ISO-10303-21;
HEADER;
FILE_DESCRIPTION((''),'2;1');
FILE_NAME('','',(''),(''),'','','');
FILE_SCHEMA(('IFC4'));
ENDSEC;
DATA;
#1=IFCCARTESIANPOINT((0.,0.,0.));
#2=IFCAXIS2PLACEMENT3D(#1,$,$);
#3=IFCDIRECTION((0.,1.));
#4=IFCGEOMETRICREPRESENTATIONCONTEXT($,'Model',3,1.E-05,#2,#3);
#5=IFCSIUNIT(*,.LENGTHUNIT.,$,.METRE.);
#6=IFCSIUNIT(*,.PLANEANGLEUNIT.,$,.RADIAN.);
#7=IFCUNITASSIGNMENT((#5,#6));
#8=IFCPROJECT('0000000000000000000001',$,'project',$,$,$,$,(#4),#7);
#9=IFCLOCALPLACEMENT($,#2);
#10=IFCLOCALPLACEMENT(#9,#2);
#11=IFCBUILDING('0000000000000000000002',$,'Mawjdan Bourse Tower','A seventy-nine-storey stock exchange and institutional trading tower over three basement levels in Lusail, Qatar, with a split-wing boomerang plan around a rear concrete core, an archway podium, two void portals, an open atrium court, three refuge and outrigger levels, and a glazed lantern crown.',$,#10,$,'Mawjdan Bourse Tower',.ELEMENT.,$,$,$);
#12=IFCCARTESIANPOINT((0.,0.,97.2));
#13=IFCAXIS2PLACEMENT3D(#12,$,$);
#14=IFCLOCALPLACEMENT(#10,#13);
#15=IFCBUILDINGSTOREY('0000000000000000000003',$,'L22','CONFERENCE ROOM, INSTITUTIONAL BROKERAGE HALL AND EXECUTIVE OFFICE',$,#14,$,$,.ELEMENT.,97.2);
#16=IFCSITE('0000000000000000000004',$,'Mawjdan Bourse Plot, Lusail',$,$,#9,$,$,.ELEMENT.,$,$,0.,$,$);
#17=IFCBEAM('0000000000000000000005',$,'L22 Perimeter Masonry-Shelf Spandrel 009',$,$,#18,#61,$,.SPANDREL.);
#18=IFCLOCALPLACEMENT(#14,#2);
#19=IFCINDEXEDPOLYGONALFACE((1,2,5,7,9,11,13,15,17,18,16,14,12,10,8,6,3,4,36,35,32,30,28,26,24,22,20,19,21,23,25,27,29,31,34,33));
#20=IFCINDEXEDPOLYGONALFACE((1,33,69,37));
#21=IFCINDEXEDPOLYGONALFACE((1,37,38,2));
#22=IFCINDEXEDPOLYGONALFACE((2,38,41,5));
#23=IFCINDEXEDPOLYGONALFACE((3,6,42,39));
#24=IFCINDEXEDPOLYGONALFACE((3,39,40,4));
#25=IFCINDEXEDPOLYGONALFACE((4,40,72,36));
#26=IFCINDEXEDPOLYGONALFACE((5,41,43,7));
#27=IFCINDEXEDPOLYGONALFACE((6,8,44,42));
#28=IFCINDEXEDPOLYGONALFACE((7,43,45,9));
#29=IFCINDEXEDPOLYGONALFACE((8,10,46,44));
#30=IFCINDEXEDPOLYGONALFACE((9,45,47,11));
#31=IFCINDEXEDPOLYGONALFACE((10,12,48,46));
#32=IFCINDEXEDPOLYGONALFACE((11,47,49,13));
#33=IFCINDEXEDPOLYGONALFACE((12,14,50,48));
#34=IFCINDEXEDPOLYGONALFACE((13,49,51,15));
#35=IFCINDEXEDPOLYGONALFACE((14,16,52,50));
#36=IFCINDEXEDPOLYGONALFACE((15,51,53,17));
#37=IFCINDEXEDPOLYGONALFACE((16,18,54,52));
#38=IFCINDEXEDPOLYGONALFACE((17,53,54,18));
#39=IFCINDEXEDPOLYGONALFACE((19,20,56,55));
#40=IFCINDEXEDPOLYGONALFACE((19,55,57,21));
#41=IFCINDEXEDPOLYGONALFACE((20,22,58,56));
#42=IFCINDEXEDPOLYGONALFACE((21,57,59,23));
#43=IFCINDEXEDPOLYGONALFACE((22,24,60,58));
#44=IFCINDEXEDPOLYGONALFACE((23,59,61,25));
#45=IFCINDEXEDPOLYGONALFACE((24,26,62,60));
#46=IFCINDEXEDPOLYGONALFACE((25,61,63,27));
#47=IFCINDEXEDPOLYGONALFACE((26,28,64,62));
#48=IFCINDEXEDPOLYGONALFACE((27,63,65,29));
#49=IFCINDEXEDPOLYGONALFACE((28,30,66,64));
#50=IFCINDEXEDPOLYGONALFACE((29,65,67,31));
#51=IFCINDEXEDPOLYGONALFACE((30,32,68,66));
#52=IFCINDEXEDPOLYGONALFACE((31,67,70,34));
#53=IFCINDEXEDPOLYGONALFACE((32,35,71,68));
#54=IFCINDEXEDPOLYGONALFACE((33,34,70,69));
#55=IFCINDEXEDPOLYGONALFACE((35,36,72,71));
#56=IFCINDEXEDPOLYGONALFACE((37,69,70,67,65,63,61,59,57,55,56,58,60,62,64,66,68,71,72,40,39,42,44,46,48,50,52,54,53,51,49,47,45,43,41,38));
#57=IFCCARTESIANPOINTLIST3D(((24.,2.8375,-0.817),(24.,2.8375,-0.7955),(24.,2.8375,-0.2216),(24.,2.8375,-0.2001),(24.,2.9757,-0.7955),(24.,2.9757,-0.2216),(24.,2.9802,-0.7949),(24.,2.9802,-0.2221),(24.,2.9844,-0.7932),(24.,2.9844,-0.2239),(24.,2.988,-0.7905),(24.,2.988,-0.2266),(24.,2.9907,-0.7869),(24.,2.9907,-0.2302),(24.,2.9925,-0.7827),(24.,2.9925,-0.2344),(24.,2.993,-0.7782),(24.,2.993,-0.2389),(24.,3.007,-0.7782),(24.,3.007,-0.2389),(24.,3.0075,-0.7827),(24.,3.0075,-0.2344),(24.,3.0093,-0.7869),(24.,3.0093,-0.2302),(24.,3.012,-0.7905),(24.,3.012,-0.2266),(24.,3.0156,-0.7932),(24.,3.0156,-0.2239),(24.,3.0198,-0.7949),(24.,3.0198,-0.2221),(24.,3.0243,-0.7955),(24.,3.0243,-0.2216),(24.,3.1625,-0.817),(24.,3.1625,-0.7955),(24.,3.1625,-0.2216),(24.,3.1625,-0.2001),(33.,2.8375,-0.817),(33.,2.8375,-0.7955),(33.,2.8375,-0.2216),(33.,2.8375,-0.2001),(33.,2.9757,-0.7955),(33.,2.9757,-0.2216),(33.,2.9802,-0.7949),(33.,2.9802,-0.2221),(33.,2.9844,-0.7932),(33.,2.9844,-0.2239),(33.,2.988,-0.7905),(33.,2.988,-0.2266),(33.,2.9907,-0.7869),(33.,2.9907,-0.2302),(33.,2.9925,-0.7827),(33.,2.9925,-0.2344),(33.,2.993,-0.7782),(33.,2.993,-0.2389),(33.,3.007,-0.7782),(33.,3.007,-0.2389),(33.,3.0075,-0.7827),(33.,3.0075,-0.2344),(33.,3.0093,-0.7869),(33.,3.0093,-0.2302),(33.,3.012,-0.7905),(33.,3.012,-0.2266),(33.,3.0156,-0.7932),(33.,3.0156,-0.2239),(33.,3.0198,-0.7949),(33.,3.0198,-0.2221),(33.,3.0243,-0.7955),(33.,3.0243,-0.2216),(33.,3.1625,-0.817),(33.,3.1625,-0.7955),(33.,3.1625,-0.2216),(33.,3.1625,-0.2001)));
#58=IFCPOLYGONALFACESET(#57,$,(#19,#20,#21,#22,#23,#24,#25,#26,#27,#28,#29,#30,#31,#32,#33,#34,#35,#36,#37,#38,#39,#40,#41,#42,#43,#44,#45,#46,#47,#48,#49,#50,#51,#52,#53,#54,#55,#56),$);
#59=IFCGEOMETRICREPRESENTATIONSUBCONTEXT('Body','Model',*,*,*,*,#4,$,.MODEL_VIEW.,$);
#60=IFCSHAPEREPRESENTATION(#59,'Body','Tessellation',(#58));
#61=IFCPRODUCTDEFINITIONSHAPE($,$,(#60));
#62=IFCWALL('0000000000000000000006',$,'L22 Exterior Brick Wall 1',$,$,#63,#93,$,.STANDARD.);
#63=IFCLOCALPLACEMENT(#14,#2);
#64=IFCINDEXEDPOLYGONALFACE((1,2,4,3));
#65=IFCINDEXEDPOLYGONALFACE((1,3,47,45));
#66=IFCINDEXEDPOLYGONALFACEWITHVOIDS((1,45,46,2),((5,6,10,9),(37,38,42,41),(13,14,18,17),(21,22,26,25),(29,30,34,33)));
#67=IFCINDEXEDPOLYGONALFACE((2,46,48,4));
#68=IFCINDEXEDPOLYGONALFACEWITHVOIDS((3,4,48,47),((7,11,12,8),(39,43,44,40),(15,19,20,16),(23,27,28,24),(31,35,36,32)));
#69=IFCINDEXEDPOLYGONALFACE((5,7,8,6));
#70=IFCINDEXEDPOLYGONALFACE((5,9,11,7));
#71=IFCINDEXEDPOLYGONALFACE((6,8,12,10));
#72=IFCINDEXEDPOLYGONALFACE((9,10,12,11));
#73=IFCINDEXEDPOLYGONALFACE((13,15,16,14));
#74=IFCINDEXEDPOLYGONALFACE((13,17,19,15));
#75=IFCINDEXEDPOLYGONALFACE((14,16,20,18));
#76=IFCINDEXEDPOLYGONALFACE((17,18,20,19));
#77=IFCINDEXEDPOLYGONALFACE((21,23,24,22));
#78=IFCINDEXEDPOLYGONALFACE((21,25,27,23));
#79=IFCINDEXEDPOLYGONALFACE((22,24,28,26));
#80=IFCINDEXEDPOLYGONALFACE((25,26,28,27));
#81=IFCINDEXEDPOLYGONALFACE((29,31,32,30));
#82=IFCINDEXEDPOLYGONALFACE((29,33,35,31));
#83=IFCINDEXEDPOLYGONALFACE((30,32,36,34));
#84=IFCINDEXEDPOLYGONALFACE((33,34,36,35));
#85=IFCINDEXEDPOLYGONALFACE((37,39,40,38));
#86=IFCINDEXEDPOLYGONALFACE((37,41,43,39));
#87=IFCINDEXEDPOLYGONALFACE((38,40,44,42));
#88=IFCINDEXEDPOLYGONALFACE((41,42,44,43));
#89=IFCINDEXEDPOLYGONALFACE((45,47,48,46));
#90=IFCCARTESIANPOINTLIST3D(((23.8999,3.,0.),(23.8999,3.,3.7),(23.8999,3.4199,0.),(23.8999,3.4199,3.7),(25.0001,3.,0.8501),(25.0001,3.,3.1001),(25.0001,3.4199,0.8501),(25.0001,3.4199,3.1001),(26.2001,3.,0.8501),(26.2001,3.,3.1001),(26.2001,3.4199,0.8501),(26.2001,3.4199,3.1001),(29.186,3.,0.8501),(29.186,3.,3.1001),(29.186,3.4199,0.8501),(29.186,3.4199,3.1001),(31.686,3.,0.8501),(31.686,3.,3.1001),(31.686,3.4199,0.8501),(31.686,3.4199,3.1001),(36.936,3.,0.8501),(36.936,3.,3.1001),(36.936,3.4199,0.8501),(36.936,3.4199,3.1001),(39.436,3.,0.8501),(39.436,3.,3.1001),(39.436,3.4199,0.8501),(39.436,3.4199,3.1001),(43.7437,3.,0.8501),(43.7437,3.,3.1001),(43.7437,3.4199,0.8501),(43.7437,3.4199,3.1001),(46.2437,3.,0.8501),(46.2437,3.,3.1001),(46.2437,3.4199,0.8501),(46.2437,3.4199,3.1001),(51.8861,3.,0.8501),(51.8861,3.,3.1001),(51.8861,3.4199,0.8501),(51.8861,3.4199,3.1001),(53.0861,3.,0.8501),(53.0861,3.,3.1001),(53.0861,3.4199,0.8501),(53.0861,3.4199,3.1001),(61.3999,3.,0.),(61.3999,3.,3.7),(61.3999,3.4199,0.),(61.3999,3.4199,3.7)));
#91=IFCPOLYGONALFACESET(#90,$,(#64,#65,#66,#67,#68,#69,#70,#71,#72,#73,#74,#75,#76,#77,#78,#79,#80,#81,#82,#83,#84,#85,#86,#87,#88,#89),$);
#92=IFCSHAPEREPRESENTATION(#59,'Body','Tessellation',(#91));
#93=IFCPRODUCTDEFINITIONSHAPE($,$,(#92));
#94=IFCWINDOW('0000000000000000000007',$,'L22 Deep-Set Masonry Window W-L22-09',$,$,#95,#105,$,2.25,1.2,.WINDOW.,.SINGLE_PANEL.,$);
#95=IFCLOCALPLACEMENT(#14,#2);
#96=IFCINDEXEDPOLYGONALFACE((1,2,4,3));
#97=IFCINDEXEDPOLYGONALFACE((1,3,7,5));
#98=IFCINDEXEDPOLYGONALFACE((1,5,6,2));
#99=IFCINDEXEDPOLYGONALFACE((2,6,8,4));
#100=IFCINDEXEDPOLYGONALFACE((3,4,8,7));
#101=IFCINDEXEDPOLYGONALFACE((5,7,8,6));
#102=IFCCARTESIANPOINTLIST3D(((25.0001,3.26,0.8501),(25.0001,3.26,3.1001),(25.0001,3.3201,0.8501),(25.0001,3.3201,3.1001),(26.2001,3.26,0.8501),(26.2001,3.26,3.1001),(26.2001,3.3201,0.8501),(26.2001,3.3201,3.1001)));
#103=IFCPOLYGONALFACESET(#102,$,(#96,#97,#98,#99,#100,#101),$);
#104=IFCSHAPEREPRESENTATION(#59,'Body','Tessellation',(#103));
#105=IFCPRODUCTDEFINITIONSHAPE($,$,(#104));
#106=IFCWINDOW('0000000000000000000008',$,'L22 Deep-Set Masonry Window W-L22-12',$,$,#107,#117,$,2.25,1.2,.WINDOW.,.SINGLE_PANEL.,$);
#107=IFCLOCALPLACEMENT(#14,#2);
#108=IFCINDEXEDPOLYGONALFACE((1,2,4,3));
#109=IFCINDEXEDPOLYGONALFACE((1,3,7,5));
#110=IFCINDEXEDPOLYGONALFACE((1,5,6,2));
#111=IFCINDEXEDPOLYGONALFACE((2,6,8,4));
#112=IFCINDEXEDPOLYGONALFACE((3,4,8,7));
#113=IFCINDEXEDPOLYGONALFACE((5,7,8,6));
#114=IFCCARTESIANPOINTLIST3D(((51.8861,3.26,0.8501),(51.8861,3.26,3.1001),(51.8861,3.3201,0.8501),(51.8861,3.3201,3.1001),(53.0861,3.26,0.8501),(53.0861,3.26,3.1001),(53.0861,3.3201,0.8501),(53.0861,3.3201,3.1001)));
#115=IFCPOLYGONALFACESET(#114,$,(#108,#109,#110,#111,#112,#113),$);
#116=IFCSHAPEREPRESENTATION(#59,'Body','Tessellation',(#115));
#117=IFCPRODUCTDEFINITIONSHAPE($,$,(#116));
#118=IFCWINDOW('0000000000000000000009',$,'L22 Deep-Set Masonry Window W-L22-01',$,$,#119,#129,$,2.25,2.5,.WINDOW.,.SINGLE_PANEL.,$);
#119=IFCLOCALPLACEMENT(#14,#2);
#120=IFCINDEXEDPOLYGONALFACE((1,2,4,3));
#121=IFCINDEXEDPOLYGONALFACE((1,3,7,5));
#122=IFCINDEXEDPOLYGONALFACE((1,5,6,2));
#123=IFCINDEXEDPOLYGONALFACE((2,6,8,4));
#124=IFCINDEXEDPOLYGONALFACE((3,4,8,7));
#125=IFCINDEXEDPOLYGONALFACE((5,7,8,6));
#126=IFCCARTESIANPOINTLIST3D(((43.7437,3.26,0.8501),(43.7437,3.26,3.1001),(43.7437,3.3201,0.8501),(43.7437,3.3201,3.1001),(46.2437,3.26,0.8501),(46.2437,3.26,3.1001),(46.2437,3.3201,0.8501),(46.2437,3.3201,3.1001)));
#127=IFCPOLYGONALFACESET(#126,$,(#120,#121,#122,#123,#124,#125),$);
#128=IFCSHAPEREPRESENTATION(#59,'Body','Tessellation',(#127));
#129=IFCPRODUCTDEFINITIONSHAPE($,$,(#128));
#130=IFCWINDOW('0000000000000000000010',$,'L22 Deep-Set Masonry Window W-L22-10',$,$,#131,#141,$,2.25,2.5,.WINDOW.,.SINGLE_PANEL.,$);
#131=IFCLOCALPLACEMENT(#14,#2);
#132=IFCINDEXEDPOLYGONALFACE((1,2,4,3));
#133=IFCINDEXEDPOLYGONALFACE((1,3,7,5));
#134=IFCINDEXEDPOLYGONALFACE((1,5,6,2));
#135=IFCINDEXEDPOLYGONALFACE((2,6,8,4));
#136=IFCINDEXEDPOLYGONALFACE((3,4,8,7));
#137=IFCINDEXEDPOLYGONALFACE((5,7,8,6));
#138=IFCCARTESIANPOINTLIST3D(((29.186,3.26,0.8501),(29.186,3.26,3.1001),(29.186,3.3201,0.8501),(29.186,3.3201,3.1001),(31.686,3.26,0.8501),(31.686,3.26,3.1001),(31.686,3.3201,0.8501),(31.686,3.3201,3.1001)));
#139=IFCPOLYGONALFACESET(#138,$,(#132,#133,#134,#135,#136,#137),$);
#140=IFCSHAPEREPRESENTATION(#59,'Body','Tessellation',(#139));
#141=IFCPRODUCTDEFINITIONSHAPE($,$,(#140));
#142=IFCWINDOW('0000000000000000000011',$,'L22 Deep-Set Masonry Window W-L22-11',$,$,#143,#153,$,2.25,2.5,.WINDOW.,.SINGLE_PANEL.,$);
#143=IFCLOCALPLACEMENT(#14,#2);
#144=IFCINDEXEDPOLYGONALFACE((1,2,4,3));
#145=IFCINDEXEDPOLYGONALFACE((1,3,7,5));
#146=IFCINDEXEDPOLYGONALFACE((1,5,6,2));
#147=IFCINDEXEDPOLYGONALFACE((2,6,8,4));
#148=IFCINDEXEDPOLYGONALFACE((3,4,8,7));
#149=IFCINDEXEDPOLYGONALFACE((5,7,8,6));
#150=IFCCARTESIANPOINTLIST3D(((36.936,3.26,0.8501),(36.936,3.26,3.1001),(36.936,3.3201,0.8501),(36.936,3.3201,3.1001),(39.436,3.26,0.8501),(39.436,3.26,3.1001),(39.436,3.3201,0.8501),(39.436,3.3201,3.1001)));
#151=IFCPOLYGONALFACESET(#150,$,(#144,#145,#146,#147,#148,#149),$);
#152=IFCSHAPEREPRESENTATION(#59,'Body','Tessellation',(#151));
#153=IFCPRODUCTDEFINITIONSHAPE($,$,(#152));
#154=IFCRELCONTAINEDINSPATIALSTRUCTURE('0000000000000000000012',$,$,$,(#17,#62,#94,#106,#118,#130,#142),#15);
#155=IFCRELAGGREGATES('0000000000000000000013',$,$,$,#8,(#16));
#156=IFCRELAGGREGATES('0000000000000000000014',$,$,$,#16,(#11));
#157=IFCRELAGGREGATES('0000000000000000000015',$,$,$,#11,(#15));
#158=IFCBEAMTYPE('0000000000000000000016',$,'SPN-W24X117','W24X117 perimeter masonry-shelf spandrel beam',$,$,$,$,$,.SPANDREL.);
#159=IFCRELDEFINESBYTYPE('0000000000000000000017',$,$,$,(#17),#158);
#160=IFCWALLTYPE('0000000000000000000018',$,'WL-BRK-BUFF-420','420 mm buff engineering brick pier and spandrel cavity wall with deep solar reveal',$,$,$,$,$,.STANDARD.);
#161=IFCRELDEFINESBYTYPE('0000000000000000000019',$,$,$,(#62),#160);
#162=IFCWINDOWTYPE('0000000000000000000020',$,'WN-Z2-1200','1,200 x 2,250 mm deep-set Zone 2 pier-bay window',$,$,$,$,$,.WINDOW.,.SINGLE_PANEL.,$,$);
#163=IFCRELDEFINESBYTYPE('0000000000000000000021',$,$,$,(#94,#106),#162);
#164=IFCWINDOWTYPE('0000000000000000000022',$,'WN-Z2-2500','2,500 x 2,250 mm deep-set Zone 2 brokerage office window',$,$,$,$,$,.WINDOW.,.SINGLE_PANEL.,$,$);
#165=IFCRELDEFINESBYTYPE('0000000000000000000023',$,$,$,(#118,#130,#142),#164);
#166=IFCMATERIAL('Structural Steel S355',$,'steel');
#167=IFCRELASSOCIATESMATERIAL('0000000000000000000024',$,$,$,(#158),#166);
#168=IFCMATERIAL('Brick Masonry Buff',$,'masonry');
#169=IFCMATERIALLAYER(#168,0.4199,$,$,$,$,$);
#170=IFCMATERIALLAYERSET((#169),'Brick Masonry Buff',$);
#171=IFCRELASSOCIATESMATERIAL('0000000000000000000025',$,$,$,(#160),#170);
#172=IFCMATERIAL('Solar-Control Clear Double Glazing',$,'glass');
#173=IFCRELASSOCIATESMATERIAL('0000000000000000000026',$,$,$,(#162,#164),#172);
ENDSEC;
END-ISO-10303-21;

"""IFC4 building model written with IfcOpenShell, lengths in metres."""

from ifc_helpers import new_model, si_unit, direction, frame, frame_2d, origin, origin_2d, place, context, subcontext, project, spatial, rectangle, i_section, extrude, material, layer, layer_set, material_profile, profile_set, type_object, element, fill, save


model = new_model("IFC4")

# Units and contexts
model_context = context("Model", 3, precision=1e-05, world=origin(), true_north=direction((0.0, 1.0)))
body_context = subcontext(model_context, "Body", "Model", "MODEL_VIEW")
ifc_project = project(units=[si_unit("LENGTHUNIT", "METRE"), si_unit("PLANEANGLEUNIT", "RADIAN")], contexts=[model_context])

# Site, building, storey
site_placement = place(None, origin())
site = spatial("IfcSite", under=ifc_project, at=site_placement, Name="Mawjdan Bourse Plot, Lusail", CompositionType="ELEMENT", RefElevation=0.0)
building_placement = place(site_placement, origin())
building = spatial("IfcBuilding", under=site, at=building_placement, Name="Mawjdan Bourse Tower", Description="A seventy-nine-storey stock exchange and institutional trading tower over three basement levels in Lusail, Qatar, with a split-wing boomerang plan around a rear concrete core, an archway podium, two void portals, an open atrium court, three refuge and outrigger levels, and a glazed lantern crown.", LongName="Mawjdan Bourse Tower", CompositionType="ELEMENT")
storey_placement = place(building_placement, frame((0.0, 0.0, 97.2)))
storey = spatial("IfcBuildingStorey", under=building, at=storey_placement, Name="L22", Description="CONFERENCE ROOM, INSTITUTIONAL BROKERAGE HALL AND EXECUTIVE OFFICE", CompositionType="ELEMENT", Elevation=97.2)

# Beam
ifc_material_1 = material(Name="Structural Steel S355", Category="steel")
ifc_material_profile_1 = material_profile(ifc_material_1, i_section(OverallWidth=0.325, OverallDepth=0.6169, WebThickness=0.0139, FlangeThickness=0.0215, FilletRadius=0.0173, at=origin_2d()), Name="W24X117")
ifc_profile_set_1 = profile_set([ifc_material_profile_1], Name="Structural Steel S355")
beam_type_1 = type_object("IfcBeamType", Name="SPN-W24X117", Description="W24X117 perimeter masonry-shelf spandrel beam", PredefinedType="SPANDREL", material=ifc_profile_set_1)
beam_1_placement = place(storey_placement, frame((24.0, 3.0, -0.5085), z_axis=(1.0, 0.0, 0.0), x_axis=(0.0, 1.0, 0.0)))
element("IfcBeam", 1, at=beam_1_placement, inside=storey, type_object=beam_type_1, Name="L22 Perimeter Masonry-Shelf Spandrel 009", PredefinedType="SPANDREL", context=body_context, shape_type="SweptSolid", body=[
    extrude(i_section(OverallWidth=0.325, OverallDepth=0.6169, WebThickness=0.0139, FlangeThickness=0.0215, FilletRadius=0.0173, at=origin_2d()), origin(), (0.0, 0.0, 1.0), 9.0),
])

# Wall, openings, windows
ifc_material_2 = material(Name="Brick Masonry Buff", Category="masonry")
ifc_layer_1 = layer(ifc_material_2, 0.4199)
ifc_layer_set_1 = layer_set([ifc_layer_1], Name="Brick Masonry Buff")
wall_type_1 = type_object("IfcWallType", Name="WL-BRK-BUFF-420", Description="420 mm buff engineering brick pier and spandrel cavity wall with deep solar reveal", PredefinedType="STANDARD", material=ifc_layer_set_1)
wall_1_placement = place(storey_placement, frame((23.8999, 3.21, 0.0), z_axis=(0.0, 0.0, 1.0), x_axis=(1.0, 0.0, 0.0)))
wall_1 = element("IfcWall", 2, at=wall_1_placement, inside=storey, type_object=wall_type_1, Name="L22 Exterior Brick Wall 1", PredefinedType="STANDARD", context=body_context, shape_type="SweptSolid", body=[
    extrude(rectangle(XDim=37.5, YDim=0.4199, at=frame_2d((18.75, 0.0))), origin(), (0.0, 0.0, 1.0), 3.7),
])
opening_1_placement = place(wall_1_placement, frame((19.8438, 0.0, 0.8501)))
opening_1 = element("IfcOpeningElement", 3, at=opening_1_placement, cuts=wall_1, PredefinedType="OPENING", context=body_context, shape_type="SweptSolid", body=[
    extrude(rectangle(XDim=2.5, YDim=2.25, at=frame_2d((1.25, 1.125))), frame((0.0, 0.22, 0.0), z_axis=(0.0, -1.0, 0.0), x_axis=(1.0, 0.0, 0.0)), (0.0, 0.0, 1.0), 0.4399),
])
opening_2_placement = place(wall_1_placement, frame((1.1001, 0.0, 0.8501)))
opening_2 = element("IfcOpeningElement", 4, at=opening_2_placement, cuts=wall_1, PredefinedType="OPENING", context=body_context, shape_type="SweptSolid", body=[
    extrude(rectangle(XDim=1.2, YDim=2.25, at=frame_2d((0.6001, 1.125))), frame((0.0, 0.22, 0.0), z_axis=(0.0, -1.0, 0.0), x_axis=(1.0, 0.0, 0.0)), (0.0, 0.0, 1.0), 0.4399),
])
opening_3_placement = place(wall_1_placement, frame((5.2861, 0.0, 0.8501)))
opening_3 = element("IfcOpeningElement", 5, at=opening_3_placement, cuts=wall_1, PredefinedType="OPENING", context=body_context, shape_type="SweptSolid", body=[
    extrude(rectangle(XDim=2.5, YDim=2.25, at=frame_2d((1.25, 1.125))), frame((0.0, 0.22, 0.0), z_axis=(0.0, -1.0, 0.0), x_axis=(1.0, 0.0, 0.0)), (0.0, 0.0, 1.0), 0.4399),
])
opening_4_placement = place(wall_1_placement, frame((13.0361, 0.0, 0.8501)))
opening_4 = element("IfcOpeningElement", 6, at=opening_4_placement, cuts=wall_1, PredefinedType="OPENING", context=body_context, shape_type="SweptSolid", body=[
    extrude(rectangle(XDim=2.5, YDim=2.25, at=frame_2d((1.25, 1.125))), frame((0.0, 0.22, 0.0), z_axis=(0.0, -1.0, 0.0), x_axis=(1.0, 0.0, 0.0)), (0.0, 0.0, 1.0), 0.4399),
])
opening_5_placement = place(wall_1_placement, frame((27.9861, 0.0, 0.8501)))
opening_5 = element("IfcOpeningElement", 7, at=opening_5_placement, cuts=wall_1, PredefinedType="OPENING", context=body_context, shape_type="SweptSolid", body=[
    extrude(rectangle(XDim=1.2, YDim=2.25, at=frame_2d((0.6001, 1.125))), frame((0.0, 0.22, 0.0), z_axis=(0.0, -1.0, 0.0), x_axis=(1.0, 0.0, 0.0)), (0.0, 0.0, 1.0), 0.4399),
])
ifc_material_3 = material(Name="Solar-Control Clear Double Glazing", Category="glass")
window_type_1 = type_object("IfcWindowType", Name="WN-Z2-1200", Description="1,200 x 2,250 mm deep-set Zone 2 pier-bay window", PartitioningType="SINGLE_PANEL", PredefinedType="WINDOW", material=ifc_material_3)
window_1_placement = place(opening_2_placement, origin())
window_1 = element("IfcWindow", 8, at=window_1_placement, inside=storey, type_object=window_type_1, Name="L22 Deep-Set Masonry Window W-L22-09", OverallHeight=2.25, OverallWidth=1.2, PartitioningType="SINGLE_PANEL", PredefinedType="WINDOW", context=body_context, shape_type="SweptSolid", body=[
    extrude(rectangle(XDim=1.2, YDim=2.25, at=frame_2d((0.6001, 1.125))), frame((0.0, 0.1101, 0.0), z_axis=(0.0, -1.0, 0.0), x_axis=(1.0, 0.0, 0.0)), (0.0, 0.0, 1.0), 0.0601),
])
fill(opening_2, window_1)
window_2_placement = place(opening_5_placement, origin())
window_2 = element("IfcWindow", 9, at=window_2_placement, inside=storey, type_object=window_type_1, Name="L22 Deep-Set Masonry Window W-L22-12", OverallHeight=2.25, OverallWidth=1.2, PartitioningType="SINGLE_PANEL", PredefinedType="WINDOW", context=body_context, shape_type="SweptSolid", body=[
    extrude(rectangle(XDim=1.2, YDim=2.25, at=frame_2d((0.6001, 1.125))), frame((0.0, 0.1101, 0.0), z_axis=(0.0, -1.0, 0.0), x_axis=(1.0, 0.0, 0.0)), (0.0, 0.0, 1.0), 0.0601),
])
fill(opening_5, window_2)
window_type_2 = type_object("IfcWindowType", Name="WN-Z2-2500", Description="2,500 x 2,250 mm deep-set Zone 2 brokerage office window", PartitioningType="SINGLE_PANEL", PredefinedType="WINDOW", material=ifc_material_3)
window_3_placement = place(opening_1_placement, origin())
window_3 = element("IfcWindow", 10, at=window_3_placement, inside=storey, type_object=window_type_2, Name="L22 Deep-Set Masonry Window W-L22-01", OverallHeight=2.25, OverallWidth=2.5, PartitioningType="SINGLE_PANEL", PredefinedType="WINDOW", context=body_context, shape_type="SweptSolid", body=[
    extrude(rectangle(XDim=2.5, YDim=2.25, at=frame_2d((1.25, 1.125))), frame((0.0, 0.1101, 0.0), z_axis=(0.0, -1.0, 0.0), x_axis=(1.0, 0.0, 0.0)), (0.0, 0.0, 1.0), 0.0601),
])
fill(opening_1, window_3)
window_4_placement = place(opening_3_placement, origin())
window_4 = element("IfcWindow", 11, at=window_4_placement, inside=storey, type_object=window_type_2, Name="L22 Deep-Set Masonry Window W-L22-10", OverallHeight=2.25, OverallWidth=2.5, PartitioningType="SINGLE_PANEL", PredefinedType="WINDOW", context=body_context, shape_type="SweptSolid", body=[
    extrude(rectangle(XDim=2.5, YDim=2.25, at=frame_2d((1.25, 1.125))), frame((0.0, 0.1101, 0.0), z_axis=(0.0, -1.0, 0.0), x_axis=(1.0, 0.0, 0.0)), (0.0, 0.0, 1.0), 0.0601),
])
fill(opening_3, window_4)
window_5_placement = place(opening_4_placement, origin())
window_5 = element("IfcWindow", 12, at=window_5_placement, inside=storey, type_object=window_type_2, Name="L22 Deep-Set Masonry Window W-L22-11", OverallHeight=2.25, OverallWidth=2.5, PartitioningType="SINGLE_PANEL", PredefinedType="WINDOW", context=body_context, shape_type="SweptSolid", body=[
    extrude(rectangle(XDim=2.5, YDim=2.25, at=frame_2d((1.25, 1.125))), frame((0.0, 0.1101, 0.0), z_axis=(0.0, -1.0, 0.0), x_axis=(1.0, 0.0, 0.0)), (0.0, 0.0, 1.0), 0.0601),
])
fill(opening_4, window_5)

save(model, "model.ifc")
